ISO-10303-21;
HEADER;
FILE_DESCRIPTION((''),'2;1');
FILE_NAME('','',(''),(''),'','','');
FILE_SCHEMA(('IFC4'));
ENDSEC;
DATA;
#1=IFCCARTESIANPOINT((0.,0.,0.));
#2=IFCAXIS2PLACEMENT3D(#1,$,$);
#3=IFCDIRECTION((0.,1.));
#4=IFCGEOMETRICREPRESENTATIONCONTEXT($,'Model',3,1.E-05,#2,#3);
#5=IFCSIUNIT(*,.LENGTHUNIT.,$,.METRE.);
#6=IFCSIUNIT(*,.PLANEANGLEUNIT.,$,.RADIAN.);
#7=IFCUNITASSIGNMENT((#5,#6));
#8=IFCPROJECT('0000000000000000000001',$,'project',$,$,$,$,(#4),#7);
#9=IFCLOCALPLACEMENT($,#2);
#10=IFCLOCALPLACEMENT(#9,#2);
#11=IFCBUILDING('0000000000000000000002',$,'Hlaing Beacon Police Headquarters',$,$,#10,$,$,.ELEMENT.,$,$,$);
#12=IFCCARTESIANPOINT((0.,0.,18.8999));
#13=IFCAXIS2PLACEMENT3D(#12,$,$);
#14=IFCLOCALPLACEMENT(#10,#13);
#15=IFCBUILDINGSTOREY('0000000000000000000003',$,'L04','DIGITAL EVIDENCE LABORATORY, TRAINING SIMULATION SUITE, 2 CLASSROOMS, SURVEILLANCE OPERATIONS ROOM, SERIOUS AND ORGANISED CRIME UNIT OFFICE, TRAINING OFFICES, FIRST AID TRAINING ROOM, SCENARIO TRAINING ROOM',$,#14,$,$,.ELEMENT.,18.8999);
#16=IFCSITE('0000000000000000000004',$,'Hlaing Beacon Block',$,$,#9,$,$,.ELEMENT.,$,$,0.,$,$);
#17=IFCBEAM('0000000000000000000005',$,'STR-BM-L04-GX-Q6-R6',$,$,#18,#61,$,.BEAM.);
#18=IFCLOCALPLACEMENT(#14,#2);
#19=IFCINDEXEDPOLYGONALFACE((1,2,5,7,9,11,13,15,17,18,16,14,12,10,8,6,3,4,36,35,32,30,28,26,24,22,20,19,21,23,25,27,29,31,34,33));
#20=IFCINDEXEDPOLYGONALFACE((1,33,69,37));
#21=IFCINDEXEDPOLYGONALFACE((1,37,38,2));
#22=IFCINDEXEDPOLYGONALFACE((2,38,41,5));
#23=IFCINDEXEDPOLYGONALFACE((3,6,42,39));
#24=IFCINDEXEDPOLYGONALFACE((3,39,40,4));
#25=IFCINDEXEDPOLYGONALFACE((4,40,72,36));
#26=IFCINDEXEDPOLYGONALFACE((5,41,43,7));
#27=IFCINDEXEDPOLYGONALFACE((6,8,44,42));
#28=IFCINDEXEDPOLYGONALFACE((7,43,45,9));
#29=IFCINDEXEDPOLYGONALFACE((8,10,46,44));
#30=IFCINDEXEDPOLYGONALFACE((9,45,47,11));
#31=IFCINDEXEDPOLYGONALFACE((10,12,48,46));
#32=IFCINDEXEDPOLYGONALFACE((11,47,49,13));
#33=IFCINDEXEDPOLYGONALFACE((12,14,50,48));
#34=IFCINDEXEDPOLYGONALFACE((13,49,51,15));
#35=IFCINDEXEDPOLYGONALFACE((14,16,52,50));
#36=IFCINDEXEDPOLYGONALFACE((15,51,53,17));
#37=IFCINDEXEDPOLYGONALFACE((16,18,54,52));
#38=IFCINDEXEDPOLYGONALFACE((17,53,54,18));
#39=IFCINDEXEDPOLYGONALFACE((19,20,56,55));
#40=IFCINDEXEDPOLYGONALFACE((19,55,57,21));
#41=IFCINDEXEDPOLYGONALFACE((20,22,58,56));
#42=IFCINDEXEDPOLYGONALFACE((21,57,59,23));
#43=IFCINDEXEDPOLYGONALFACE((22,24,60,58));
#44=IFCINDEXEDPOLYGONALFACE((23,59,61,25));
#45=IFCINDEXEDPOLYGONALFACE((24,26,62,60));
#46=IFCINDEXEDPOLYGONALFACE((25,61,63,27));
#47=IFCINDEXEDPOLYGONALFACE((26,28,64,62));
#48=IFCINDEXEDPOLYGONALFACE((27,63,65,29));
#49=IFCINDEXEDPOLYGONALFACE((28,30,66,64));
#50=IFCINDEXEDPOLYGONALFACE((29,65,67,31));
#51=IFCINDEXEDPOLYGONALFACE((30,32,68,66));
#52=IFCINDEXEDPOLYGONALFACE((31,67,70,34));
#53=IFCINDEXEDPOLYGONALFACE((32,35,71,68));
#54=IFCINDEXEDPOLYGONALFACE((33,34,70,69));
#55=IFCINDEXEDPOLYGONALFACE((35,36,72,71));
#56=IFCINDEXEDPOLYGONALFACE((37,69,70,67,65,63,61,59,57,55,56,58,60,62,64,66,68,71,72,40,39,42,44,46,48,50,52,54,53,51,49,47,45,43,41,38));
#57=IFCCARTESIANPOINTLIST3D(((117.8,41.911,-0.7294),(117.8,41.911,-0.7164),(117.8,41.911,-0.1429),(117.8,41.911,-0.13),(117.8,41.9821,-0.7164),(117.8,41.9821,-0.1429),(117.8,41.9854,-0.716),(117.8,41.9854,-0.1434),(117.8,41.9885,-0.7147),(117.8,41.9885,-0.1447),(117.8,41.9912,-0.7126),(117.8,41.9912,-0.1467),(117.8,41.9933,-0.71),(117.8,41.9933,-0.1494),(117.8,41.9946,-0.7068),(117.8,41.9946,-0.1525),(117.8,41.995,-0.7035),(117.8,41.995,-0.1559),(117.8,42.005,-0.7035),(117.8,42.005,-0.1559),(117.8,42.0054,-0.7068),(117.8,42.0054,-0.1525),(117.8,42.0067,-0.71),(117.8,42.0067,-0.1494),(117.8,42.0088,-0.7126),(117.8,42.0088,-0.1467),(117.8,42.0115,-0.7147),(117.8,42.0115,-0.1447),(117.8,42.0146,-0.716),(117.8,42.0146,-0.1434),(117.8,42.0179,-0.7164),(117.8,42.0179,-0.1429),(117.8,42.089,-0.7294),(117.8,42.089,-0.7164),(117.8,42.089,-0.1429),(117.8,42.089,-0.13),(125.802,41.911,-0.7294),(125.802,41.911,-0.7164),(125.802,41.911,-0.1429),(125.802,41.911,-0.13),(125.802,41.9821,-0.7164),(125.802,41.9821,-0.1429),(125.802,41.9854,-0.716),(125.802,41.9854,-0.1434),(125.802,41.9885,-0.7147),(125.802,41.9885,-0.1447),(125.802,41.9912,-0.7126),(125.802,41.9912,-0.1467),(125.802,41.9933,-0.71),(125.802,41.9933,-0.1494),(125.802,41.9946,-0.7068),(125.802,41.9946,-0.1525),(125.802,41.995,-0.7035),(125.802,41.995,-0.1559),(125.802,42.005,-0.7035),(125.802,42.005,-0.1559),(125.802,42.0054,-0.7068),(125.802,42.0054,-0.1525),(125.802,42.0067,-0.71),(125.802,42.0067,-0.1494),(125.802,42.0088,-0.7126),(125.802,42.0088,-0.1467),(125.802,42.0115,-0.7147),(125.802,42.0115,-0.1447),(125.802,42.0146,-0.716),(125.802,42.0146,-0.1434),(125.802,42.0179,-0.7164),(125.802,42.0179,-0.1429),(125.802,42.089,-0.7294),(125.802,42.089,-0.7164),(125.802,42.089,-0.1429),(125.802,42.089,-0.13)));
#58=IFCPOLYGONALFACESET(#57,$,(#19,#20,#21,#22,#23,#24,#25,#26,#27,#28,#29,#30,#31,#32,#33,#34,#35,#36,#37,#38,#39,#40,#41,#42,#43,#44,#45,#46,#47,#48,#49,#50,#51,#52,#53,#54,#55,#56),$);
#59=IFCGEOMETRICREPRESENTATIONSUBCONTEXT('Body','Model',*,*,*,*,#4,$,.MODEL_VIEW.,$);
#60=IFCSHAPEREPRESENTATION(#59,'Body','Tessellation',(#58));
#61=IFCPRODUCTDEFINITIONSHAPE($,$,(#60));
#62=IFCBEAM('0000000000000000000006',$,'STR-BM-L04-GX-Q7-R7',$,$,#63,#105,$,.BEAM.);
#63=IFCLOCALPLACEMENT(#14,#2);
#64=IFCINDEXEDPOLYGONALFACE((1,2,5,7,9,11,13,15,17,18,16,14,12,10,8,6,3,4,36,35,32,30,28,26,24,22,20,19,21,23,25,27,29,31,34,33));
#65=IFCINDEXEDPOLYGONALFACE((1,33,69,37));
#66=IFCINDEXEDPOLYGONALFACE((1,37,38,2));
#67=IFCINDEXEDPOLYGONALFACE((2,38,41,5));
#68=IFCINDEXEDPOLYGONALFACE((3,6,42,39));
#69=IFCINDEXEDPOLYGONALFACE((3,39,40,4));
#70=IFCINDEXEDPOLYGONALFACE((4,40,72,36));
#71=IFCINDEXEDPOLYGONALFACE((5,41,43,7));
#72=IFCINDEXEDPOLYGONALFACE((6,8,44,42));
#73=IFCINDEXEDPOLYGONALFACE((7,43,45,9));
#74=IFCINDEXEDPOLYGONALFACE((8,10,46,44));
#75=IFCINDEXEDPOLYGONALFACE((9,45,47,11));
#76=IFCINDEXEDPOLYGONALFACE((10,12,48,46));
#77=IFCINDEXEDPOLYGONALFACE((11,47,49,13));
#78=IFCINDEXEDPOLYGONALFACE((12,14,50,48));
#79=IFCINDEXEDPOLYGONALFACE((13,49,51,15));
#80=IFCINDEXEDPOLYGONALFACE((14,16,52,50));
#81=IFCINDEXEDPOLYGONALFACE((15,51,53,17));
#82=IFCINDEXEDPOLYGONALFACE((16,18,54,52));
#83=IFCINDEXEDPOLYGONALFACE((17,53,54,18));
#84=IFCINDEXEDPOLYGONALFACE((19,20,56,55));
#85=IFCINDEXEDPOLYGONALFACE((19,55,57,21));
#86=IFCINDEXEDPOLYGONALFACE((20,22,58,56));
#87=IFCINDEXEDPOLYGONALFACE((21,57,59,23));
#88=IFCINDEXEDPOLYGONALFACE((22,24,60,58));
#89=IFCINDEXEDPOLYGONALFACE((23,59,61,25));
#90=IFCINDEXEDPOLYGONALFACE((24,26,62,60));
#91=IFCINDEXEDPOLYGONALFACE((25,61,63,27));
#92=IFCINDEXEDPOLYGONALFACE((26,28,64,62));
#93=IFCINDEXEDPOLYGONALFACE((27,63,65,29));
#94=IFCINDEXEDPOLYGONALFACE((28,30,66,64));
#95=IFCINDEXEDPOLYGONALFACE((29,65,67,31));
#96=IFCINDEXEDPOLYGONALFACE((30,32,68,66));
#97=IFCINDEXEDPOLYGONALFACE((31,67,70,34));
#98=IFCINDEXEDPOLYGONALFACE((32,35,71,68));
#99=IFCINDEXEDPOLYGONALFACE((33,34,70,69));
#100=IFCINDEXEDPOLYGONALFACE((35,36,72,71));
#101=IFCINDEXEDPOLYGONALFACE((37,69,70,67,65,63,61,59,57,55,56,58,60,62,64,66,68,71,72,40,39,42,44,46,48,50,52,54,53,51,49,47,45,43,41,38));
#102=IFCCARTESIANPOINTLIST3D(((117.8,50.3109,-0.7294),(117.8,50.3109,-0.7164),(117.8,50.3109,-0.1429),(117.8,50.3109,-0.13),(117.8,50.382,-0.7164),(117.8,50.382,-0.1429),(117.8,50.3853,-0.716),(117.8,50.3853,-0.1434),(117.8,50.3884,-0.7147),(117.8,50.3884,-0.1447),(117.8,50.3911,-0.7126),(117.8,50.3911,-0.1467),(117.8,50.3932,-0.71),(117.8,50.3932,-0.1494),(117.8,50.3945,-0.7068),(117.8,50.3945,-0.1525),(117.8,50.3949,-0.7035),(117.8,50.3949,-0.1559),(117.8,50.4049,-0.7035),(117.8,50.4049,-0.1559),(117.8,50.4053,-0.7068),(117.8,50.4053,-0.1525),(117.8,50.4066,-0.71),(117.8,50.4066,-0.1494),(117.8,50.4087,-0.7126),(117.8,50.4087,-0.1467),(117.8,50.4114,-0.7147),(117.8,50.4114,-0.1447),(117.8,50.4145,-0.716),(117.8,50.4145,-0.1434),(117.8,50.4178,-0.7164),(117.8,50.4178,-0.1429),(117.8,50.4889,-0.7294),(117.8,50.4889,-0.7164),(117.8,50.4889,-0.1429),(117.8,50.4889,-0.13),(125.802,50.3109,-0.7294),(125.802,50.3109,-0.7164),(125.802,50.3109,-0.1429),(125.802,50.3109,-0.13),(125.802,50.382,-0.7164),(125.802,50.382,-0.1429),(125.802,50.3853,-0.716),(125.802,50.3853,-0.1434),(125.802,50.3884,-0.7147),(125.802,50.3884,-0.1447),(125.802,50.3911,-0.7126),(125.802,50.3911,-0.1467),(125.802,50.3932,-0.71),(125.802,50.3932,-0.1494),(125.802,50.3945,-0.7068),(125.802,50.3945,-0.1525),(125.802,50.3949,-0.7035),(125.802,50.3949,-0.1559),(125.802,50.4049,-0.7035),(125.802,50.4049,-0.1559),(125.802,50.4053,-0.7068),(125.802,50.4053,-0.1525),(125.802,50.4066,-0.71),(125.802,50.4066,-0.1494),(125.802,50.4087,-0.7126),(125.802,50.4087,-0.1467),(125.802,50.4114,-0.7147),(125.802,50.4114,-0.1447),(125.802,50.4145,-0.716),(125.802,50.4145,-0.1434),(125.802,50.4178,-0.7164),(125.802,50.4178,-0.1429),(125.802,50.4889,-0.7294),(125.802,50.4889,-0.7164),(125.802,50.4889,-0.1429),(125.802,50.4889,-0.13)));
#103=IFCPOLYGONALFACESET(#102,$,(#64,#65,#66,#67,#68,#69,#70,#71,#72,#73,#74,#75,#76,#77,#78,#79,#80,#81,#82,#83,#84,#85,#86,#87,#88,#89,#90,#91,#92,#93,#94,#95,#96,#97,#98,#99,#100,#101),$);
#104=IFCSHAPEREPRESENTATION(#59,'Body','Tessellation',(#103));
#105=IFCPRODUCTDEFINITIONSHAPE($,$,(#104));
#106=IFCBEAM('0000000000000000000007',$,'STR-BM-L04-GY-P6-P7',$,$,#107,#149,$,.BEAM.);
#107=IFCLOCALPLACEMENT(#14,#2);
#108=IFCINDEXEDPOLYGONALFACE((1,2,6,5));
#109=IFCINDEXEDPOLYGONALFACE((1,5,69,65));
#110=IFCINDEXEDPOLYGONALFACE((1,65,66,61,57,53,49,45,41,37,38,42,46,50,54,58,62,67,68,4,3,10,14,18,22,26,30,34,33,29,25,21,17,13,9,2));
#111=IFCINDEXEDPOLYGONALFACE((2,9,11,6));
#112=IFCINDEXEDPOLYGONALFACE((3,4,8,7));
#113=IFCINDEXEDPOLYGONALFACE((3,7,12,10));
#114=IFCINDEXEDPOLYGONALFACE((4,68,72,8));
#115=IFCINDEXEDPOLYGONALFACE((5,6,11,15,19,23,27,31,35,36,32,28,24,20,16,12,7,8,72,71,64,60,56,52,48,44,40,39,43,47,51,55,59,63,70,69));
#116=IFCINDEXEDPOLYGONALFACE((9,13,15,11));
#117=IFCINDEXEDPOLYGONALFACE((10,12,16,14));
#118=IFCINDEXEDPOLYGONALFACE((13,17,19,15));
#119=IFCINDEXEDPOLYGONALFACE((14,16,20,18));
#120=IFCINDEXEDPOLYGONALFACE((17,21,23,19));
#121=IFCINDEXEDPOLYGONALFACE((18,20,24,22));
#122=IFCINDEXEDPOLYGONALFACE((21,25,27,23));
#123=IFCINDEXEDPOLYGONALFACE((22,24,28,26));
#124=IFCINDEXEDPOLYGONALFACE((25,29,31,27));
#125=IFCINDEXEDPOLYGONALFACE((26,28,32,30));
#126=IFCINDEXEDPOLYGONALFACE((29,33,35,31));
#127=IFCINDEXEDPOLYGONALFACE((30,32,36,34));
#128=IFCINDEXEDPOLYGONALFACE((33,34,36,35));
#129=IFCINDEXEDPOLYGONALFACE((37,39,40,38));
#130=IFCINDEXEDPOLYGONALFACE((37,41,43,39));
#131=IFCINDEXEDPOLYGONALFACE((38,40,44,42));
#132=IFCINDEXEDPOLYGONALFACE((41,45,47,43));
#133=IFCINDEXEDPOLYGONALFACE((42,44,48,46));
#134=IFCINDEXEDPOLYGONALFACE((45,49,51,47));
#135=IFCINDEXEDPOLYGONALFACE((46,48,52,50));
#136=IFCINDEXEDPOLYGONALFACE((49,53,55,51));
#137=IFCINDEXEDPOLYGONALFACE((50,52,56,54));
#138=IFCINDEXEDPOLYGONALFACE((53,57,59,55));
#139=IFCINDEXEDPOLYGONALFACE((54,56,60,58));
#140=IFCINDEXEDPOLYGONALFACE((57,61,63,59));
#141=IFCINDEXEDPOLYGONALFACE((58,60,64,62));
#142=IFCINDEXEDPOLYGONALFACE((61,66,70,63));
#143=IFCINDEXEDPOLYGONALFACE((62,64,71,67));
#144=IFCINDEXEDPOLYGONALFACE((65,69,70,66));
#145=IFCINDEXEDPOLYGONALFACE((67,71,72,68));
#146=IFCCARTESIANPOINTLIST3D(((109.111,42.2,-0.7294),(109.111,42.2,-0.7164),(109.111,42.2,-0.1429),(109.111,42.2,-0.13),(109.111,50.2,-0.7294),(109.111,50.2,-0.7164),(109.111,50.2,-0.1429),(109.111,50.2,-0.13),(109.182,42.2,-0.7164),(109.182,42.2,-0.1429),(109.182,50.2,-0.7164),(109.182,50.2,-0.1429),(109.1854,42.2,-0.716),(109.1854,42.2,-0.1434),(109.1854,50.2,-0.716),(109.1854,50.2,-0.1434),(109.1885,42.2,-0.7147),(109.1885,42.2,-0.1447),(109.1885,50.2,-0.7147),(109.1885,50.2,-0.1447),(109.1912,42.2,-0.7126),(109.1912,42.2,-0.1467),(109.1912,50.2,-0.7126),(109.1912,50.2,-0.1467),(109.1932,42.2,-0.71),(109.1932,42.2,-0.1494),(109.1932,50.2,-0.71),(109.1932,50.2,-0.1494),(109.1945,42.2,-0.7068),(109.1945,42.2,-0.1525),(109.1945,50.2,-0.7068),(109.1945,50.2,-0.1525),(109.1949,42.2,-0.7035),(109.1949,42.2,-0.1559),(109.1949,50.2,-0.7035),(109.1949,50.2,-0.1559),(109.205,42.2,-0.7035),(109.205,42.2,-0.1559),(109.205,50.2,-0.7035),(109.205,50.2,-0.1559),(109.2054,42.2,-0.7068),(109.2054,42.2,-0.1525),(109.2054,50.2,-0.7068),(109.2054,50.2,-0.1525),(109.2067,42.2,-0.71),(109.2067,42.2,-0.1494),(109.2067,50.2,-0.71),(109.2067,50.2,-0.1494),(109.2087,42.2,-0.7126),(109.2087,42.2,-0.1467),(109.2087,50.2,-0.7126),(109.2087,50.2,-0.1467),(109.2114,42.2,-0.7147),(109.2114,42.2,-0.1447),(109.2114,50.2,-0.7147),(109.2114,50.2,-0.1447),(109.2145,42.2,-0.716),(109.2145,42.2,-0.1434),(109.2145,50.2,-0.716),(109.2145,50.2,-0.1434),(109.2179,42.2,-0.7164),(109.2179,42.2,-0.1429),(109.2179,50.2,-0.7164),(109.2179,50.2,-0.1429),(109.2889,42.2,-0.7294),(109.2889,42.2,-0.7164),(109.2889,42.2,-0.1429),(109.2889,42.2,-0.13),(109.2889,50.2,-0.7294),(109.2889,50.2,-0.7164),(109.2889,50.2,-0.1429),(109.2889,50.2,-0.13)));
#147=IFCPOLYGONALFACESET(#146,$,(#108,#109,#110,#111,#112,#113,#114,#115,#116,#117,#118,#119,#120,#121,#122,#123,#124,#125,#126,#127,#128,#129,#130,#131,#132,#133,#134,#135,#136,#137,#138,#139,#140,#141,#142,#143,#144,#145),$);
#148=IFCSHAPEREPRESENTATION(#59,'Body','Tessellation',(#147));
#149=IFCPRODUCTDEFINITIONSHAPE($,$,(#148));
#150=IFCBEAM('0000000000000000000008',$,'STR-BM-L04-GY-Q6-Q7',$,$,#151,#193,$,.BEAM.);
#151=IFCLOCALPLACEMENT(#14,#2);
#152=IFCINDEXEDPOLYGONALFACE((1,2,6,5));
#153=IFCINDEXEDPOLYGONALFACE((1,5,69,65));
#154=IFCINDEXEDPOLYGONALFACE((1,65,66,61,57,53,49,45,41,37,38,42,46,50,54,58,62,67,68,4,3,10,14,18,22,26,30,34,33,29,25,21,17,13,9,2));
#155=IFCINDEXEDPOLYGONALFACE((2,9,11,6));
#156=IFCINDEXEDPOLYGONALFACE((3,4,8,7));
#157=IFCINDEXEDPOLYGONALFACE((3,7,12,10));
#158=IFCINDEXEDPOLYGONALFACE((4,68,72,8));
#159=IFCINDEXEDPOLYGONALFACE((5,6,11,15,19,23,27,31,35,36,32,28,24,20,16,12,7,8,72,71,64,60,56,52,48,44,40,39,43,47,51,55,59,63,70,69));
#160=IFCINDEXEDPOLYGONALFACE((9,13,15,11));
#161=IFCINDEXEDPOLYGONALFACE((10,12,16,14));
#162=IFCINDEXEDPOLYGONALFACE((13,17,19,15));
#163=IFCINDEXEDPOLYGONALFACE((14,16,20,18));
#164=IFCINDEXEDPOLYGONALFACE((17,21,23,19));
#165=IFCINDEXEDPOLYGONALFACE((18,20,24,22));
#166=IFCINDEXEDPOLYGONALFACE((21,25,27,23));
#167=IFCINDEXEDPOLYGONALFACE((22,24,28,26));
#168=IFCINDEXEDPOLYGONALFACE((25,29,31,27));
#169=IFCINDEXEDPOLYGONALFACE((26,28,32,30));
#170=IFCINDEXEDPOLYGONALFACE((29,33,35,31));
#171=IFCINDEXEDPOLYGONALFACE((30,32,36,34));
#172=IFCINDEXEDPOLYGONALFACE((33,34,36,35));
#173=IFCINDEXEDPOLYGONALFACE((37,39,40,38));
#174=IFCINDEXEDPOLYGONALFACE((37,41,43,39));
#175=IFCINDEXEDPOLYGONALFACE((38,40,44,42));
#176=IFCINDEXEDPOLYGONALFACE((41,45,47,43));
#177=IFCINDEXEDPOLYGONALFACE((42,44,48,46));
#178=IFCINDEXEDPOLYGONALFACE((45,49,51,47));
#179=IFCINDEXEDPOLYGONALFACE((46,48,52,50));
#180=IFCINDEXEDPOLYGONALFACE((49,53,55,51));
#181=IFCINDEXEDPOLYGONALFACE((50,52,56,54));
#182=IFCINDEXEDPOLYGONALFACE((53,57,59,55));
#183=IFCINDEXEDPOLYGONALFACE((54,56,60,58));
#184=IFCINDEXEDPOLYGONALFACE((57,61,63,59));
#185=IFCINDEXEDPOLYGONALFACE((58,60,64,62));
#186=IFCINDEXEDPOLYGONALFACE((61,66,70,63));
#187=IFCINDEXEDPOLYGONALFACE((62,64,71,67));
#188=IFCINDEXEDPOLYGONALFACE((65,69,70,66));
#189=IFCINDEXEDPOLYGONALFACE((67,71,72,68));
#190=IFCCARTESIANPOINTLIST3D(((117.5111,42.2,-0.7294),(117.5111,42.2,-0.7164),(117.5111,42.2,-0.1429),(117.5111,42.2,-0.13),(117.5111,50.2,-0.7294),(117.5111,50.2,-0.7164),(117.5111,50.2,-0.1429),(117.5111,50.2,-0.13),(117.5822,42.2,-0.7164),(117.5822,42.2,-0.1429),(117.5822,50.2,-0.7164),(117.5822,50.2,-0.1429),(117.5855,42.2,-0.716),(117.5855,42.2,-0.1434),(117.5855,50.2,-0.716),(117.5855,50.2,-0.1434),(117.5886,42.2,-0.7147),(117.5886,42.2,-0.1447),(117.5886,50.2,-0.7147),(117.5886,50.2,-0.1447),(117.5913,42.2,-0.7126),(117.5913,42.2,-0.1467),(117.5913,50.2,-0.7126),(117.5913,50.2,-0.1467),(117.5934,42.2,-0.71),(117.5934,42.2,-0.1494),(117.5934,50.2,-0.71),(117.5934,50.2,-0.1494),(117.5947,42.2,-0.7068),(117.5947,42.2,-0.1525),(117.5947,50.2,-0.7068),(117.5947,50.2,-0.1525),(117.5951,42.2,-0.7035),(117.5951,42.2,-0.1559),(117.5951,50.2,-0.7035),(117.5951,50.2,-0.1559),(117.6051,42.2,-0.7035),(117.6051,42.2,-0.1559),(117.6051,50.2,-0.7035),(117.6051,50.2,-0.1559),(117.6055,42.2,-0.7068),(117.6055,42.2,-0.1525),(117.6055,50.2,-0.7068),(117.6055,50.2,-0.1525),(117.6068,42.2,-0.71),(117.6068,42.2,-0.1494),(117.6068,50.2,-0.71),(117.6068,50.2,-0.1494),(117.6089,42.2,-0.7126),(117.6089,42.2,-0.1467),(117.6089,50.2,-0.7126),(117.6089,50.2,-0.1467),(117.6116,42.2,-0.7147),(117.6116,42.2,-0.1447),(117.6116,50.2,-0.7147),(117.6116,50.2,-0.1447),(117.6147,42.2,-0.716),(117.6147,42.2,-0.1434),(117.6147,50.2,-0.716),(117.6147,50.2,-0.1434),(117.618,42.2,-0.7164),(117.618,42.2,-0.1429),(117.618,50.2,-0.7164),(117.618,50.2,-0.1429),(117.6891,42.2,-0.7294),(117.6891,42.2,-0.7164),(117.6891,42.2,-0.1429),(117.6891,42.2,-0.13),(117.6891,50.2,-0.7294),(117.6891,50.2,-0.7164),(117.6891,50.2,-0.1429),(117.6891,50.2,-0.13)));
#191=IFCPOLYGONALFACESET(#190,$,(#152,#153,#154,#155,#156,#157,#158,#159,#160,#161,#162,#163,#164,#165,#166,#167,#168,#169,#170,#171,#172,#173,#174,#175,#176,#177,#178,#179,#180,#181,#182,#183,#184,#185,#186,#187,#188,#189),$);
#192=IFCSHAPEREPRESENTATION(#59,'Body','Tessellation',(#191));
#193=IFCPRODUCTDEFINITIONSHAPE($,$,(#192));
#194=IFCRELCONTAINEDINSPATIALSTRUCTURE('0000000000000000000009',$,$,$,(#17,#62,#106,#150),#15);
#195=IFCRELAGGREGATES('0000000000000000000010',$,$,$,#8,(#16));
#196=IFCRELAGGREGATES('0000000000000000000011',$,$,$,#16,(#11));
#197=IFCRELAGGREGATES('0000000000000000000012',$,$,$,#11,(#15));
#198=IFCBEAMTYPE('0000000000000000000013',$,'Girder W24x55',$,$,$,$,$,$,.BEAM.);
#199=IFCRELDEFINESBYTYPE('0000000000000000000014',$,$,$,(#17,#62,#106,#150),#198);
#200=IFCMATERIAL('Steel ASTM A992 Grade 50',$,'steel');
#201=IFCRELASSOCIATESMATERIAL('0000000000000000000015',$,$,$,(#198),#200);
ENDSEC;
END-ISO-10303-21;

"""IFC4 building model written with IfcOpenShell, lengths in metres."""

from ifc_helpers import new_model, si_unit, direction, frame, origin, origin_2d, place, context, subcontext, project, spatial, i_section, extrude, material, material_profile, profile_set, type_object, element, save


model = new_model("IFC4")

# Units and contexts
model_context = context("Model", 3, precision=1e-05, world=origin(), true_north=direction((0.0, 1.0)))
body_context = subcontext(model_context, "Body", "Model", "MODEL_VIEW")
ifc_project = project(units=[si_unit("LENGTHUNIT", "METRE"), si_unit("PLANEANGLEUNIT", "RADIAN")], contexts=[model_context])

# Site, building, storey
site_placement = place(None, origin())
site = spatial("IfcSite", under=ifc_project, at=site_placement, Name="Hlaing Beacon Block", CompositionType="ELEMENT", RefElevation=0.0)
building_placement = place(site_placement, origin())
building = spatial("IfcBuilding", under=site, at=building_placement, Name="Hlaing Beacon Police Headquarters", CompositionType="ELEMENT")
storey_placement = place(building_placement, frame((0.0, 0.0, 18.8999)))
storey = spatial("IfcBuildingStorey", under=building, at=storey_placement, Name="L04", Description="DIGITAL EVIDENCE LABORATORY, TRAINING SIMULATION SUITE, 2 CLASSROOMS, SURVEILLANCE OPERATIONS ROOM, SERIOUS AND ORGANISED CRIME UNIT OFFICE, TRAINING OFFICES, FIRST AID TRAINING ROOM, SCENARIO TRAINING ROOM", CompositionType="ELEMENT", Elevation=18.8999)

# Beams
ifc_material_1 = material(Name="Steel ASTM A992 Grade 50", Category="steel")
ifc_material_profile_1 = material_profile(ifc_material_1, i_section(OverallWidth=0.178, OverallDepth=0.5994, WebThickness=0.01, FlangeThickness=0.0129, FilletRadius=0.0129, at=origin_2d()), Name="W24x55")
ifc_profile_set_1 = profile_set([ifc_material_profile_1], Name="Steel ASTM A992 Grade 50")
beam_type_1 = type_object("IfcBeamType", Name="Girder W24x55", PredefinedType="BEAM", material=ifc_profile_set_1)
for number, where, z_axis, x_axis, name in (
    (1, (117.8, 42.0, -0.4297), (1.0, 0.0, 0.0), (0.0, 1.0, 0.0), "STR-BM-L04-GX-Q6-R6"),
    (2, (117.8, 50.3999, -0.4297), (1.0, 0.0, 0.0), (0.0, 1.0, 0.0), "STR-BM-L04-GX-Q7-R7"),
):
    element("IfcBeam", number, at=place(storey_placement, frame(where, z_axis=z_axis, x_axis=x_axis)), inside=storey, type_object=beam_type_1, Name=name, PredefinedType="BEAM", context=body_context, shape_type="SweptSolid", body=[
        extrude(i_section(OverallWidth=0.178, OverallDepth=0.5994, WebThickness=0.01, FlangeThickness=0.0129, FilletRadius=0.0129, at=origin_2d()), origin(), (0.0, 0.0, 1.0), 8.002),
    ])
for number, where, z_axis, x_axis, name in (
    (3, (109.2, 42.2, -0.4297), (0.0, 1.0, 0.0), (-1.0, 0.0, 0.0), "STR-BM-L04-GY-P6-P7"),
    (4, (117.6001, 42.2, -0.4297), (0.0, 1.0, 0.0), (-1.0, 0.0, 0.0), "STR-BM-L04-GY-Q6-Q7"),
):
    element("IfcBeam", number, at=place(storey_placement, frame(where, z_axis=z_axis, x_axis=x_axis)), inside=storey, type_object=beam_type_1, Name=name, PredefinedType="BEAM", context=body_context, shape_type="SweptSolid", body=[
        extrude(i_section(OverallWidth=0.178, OverallDepth=0.5994, WebThickness=0.01, FlangeThickness=0.0129, FilletRadius=0.0129, at=origin_2d()), origin(), (0.0, 0.0, 1.0), 8.0),
    ])

save(model, "model.ifc")
